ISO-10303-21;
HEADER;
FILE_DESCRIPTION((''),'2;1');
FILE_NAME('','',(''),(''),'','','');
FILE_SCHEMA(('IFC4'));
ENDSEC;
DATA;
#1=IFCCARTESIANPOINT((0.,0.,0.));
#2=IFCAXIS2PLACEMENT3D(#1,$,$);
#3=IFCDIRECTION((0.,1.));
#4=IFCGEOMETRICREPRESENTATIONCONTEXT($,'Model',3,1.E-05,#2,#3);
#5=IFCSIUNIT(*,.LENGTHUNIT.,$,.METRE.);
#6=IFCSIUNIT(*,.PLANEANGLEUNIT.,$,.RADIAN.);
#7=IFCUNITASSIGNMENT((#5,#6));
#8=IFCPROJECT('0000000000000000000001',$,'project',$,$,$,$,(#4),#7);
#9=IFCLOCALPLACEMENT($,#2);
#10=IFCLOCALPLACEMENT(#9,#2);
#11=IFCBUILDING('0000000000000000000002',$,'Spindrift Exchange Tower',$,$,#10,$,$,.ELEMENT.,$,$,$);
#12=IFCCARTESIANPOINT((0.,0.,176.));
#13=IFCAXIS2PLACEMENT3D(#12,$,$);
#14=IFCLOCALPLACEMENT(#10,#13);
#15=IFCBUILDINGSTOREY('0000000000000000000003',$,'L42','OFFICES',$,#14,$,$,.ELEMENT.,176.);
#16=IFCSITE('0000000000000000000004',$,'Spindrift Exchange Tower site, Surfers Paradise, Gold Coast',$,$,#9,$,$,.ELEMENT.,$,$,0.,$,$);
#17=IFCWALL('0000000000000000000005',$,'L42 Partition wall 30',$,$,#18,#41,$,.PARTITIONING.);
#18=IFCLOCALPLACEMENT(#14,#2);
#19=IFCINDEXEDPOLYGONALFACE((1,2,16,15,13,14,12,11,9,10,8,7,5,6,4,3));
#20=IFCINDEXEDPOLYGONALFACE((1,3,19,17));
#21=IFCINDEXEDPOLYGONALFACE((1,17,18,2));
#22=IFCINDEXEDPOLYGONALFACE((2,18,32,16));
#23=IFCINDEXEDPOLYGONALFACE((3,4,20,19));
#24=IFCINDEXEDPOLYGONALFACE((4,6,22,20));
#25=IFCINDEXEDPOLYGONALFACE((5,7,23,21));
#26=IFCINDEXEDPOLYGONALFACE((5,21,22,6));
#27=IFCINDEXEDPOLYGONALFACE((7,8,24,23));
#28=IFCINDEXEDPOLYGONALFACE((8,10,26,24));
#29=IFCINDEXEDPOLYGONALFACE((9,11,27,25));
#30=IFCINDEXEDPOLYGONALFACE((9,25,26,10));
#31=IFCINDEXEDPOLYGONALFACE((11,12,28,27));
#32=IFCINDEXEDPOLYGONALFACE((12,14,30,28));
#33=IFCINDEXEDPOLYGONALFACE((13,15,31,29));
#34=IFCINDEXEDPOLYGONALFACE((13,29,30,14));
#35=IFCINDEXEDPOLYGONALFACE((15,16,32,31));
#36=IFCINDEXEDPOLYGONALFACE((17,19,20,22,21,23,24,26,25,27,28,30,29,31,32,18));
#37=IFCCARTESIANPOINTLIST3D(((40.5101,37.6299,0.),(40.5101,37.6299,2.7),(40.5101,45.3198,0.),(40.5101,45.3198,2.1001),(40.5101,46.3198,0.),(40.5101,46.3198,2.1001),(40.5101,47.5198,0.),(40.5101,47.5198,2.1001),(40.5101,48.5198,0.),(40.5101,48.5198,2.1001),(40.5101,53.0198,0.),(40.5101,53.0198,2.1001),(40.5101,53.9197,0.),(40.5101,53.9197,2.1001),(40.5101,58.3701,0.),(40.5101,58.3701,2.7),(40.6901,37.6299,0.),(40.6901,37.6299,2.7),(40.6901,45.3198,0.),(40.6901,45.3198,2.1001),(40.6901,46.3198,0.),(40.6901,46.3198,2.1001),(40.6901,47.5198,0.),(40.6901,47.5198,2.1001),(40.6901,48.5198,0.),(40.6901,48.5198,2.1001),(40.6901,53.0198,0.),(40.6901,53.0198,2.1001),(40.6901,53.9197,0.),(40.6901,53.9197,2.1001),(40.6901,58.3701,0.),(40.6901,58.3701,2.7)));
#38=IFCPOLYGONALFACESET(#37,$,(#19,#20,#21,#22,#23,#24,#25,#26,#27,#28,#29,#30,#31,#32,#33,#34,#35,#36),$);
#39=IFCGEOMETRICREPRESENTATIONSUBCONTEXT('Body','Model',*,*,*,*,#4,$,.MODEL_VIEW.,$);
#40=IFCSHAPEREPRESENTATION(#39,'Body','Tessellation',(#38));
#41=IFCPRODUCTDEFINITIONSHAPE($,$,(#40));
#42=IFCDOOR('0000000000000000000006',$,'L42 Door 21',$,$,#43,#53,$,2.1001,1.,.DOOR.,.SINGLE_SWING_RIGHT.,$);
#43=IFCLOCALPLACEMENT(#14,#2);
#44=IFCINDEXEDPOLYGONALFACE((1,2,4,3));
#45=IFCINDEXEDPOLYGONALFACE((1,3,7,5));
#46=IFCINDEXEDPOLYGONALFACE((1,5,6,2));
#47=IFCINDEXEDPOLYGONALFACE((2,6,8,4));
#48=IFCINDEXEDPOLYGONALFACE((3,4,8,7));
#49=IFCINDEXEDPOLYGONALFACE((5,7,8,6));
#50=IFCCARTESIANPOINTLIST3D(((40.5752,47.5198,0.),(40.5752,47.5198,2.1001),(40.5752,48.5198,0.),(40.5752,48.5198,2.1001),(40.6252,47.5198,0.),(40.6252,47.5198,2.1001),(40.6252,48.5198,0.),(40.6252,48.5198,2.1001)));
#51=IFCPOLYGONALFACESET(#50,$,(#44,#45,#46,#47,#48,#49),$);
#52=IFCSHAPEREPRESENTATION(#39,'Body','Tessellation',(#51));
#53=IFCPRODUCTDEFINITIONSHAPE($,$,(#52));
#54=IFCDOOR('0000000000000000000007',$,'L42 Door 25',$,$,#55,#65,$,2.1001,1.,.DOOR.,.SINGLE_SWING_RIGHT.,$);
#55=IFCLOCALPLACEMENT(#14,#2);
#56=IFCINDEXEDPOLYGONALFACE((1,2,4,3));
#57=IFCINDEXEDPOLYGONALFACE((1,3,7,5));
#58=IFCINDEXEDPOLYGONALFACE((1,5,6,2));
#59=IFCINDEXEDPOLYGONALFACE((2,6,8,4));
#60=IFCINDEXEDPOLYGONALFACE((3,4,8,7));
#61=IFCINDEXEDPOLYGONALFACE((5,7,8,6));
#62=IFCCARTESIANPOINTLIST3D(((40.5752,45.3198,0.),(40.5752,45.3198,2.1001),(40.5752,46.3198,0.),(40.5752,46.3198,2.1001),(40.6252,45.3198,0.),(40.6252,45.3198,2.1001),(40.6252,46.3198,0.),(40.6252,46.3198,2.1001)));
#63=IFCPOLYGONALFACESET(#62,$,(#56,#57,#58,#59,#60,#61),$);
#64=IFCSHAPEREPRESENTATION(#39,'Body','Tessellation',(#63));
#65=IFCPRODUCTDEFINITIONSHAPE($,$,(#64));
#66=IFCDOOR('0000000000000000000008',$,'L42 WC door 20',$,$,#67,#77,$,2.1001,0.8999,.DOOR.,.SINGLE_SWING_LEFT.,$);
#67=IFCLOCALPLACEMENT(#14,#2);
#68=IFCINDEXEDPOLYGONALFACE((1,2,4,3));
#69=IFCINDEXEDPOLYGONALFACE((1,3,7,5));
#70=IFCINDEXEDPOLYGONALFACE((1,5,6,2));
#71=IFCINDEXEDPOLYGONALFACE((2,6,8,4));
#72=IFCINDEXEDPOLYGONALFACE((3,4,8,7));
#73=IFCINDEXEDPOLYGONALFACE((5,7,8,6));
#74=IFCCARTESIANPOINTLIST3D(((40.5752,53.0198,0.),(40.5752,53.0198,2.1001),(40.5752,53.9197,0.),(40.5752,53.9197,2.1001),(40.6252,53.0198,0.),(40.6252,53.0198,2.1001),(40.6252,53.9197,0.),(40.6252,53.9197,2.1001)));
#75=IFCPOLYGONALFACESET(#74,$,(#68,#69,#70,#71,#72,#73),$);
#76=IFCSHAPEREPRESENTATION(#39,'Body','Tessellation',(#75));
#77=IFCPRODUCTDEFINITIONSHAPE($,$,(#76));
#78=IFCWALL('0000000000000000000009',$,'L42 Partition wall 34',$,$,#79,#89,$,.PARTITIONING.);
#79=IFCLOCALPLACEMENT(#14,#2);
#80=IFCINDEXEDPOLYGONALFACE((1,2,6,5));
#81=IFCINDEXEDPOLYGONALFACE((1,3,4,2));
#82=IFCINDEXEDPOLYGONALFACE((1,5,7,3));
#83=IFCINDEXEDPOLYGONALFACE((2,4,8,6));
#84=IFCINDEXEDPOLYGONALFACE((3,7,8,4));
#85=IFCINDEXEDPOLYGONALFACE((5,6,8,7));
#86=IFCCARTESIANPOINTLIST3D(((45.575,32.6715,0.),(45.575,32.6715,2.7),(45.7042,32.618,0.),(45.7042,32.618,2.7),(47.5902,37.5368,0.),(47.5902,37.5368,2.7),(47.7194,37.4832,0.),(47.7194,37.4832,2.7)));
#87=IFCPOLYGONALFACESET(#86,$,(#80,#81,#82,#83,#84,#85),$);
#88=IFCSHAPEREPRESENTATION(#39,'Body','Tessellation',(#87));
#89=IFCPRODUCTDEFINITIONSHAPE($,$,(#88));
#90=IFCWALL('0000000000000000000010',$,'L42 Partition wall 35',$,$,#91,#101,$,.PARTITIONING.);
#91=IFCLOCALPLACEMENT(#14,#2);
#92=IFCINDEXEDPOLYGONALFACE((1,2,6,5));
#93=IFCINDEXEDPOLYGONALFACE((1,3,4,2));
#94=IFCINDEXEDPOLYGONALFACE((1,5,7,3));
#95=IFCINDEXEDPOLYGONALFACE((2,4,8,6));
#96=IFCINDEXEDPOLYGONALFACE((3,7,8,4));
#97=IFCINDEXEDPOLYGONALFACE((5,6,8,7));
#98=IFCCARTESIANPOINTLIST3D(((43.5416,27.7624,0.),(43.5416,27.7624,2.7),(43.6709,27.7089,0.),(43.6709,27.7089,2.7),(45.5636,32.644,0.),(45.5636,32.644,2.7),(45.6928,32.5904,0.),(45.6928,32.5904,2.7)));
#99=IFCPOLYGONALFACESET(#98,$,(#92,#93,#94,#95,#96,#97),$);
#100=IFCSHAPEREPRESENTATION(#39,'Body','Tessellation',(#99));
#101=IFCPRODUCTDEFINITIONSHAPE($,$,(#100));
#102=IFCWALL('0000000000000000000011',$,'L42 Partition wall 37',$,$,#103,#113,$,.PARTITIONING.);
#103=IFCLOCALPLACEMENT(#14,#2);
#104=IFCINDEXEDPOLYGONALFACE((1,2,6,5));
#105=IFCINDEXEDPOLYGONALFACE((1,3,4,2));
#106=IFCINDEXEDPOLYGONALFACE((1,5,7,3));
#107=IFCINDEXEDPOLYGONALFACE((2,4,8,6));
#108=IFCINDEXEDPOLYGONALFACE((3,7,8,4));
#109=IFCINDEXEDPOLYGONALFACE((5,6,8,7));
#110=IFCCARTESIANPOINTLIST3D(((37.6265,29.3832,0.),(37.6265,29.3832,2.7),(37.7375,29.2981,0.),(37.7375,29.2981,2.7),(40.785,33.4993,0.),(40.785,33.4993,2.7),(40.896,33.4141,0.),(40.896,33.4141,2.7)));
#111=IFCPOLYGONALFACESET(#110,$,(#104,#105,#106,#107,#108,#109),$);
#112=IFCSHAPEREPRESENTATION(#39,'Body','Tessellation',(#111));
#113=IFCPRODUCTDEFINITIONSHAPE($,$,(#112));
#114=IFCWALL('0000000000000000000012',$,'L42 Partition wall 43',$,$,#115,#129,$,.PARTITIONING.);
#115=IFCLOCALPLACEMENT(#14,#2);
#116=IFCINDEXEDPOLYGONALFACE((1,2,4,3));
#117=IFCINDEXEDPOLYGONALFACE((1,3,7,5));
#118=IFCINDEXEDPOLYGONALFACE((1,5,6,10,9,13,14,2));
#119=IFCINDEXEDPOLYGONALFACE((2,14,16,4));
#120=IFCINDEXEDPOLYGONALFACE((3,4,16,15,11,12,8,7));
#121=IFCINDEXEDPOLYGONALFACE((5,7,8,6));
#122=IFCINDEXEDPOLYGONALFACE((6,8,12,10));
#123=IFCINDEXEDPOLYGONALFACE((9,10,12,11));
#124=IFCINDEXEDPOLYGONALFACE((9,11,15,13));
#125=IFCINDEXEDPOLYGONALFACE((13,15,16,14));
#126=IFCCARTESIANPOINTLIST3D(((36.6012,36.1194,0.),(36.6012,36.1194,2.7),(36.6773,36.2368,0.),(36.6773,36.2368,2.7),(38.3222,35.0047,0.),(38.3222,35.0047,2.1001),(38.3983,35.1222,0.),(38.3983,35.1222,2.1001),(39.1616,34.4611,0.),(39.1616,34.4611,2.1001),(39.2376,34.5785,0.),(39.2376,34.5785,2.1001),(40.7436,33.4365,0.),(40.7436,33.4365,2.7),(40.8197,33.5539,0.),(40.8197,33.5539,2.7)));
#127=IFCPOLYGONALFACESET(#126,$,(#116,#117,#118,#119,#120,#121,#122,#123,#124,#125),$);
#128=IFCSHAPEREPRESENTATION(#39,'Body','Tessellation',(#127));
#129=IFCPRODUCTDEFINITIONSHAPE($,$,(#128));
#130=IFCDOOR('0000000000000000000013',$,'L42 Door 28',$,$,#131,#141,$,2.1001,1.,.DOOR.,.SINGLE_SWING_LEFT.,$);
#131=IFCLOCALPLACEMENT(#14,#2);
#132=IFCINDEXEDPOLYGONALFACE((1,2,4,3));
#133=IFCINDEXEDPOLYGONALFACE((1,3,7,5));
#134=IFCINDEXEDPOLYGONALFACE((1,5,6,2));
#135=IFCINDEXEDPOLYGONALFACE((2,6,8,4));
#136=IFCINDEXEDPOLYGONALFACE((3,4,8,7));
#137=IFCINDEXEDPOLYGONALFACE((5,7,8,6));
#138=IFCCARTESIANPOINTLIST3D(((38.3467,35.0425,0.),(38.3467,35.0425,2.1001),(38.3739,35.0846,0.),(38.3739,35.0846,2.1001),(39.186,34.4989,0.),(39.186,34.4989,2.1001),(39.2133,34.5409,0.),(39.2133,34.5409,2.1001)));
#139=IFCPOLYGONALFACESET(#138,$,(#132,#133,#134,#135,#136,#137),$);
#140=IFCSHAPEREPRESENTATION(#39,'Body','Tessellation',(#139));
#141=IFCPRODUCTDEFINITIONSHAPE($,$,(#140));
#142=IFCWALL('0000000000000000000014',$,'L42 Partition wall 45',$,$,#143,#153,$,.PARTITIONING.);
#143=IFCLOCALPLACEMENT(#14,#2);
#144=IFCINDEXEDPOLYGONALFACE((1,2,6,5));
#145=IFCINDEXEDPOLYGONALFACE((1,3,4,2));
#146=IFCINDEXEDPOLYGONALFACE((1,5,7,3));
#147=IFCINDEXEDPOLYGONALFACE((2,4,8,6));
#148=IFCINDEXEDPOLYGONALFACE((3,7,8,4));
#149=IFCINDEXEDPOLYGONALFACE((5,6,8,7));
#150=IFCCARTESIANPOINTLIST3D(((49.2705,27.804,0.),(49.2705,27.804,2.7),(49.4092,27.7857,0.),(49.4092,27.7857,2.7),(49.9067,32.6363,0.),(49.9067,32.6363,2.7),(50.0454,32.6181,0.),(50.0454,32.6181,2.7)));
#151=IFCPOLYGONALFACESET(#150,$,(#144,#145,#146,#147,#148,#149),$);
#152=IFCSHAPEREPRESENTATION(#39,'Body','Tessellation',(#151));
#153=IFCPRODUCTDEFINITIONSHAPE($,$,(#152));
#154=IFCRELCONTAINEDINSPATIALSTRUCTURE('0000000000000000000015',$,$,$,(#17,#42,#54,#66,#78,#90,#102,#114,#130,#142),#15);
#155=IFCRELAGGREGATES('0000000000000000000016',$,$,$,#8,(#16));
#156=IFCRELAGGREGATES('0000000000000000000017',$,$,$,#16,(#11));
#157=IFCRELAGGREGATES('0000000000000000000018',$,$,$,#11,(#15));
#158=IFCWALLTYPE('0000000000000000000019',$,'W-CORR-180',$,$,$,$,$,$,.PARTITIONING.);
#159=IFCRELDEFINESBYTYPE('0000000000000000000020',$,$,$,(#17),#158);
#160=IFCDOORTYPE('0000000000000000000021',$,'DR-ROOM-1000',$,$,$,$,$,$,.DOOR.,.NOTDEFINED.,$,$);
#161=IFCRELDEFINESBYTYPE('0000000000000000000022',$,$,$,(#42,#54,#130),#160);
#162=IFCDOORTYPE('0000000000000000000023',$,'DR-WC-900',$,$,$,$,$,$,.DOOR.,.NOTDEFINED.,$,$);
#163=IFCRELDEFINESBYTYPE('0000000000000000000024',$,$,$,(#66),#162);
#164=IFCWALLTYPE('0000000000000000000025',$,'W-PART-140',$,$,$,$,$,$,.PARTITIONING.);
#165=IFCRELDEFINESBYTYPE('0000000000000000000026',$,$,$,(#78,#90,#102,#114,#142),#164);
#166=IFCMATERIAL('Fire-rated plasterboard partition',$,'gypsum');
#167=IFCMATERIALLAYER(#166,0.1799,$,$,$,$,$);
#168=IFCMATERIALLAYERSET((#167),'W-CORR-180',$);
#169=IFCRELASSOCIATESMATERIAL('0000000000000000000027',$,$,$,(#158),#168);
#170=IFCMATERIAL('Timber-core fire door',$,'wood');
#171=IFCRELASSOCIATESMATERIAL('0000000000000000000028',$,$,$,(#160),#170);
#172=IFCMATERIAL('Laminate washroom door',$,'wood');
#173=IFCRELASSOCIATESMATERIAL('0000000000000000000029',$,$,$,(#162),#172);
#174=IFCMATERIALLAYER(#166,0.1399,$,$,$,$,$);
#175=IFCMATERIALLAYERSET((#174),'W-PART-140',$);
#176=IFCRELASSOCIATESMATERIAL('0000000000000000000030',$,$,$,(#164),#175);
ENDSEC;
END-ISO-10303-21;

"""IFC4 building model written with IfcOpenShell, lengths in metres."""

from ifc_helpers import new_model, si_unit, direction, frame, frame_2d, origin, place, context, subcontext, project, spatial, rectangle, extrude, source, transform, mapped, material, layer, layer_set, type_object, element, fill, save


model = new_model("IFC4")

# Units and contexts
model_context = context("Model", 3, precision=1e-05, world=origin(), true_north=direction((0.0, 1.0)))
body_context = subcontext(model_context, "Body", "Model", "MODEL_VIEW")
ifc_project = project(units=[si_unit("LENGTHUNIT", "METRE"), si_unit("PLANEANGLEUNIT", "RADIAN")], contexts=[model_context])

# Site, building, storey
site_placement = place(None, origin())
site = spatial("IfcSite", under=ifc_project, at=site_placement, Name="Spindrift Exchange Tower site, Surfers Paradise, Gold Coast", CompositionType="ELEMENT", RefElevation=0.0)
building_placement = place(site_placement, origin())
building = spatial("IfcBuilding", under=site, at=building_placement, Name="Spindrift Exchange Tower", CompositionType="ELEMENT")
storey_placement = place(building_placement, frame((0.0, 0.0, 176.0)))
storey = spatial("IfcBuildingStorey", under=building, at=storey_placement, Name="L42", Description="OFFICES", CompositionType="ELEMENT", Elevation=176.0)

# Wall, openings, doors
ifc_material_1 = material(Name="Fire-rated plasterboard partition", Category="gypsum")
ifc_layer_1 = layer(ifc_material_1, 0.1799)
ifc_layer_set_1 = layer_set([ifc_layer_1], Name="W-CORR-180")
wall_type_1 = type_object("IfcWallType", Name="W-CORR-180", PredefinedType="PARTITIONING", material=ifc_layer_set_1)
wall_1_placement = place(storey_placement, frame((40.6001, 37.6299, 0.0), z_axis=(0.0, 0.0, 1.0), x_axis=(0.0, 1.0, 0.0)))
wall_1 = element("IfcWall", 1, at=wall_1_placement, inside=storey, type_object=wall_type_1, Name="L42 Partition wall 30", PredefinedType="PARTITIONING", context=body_context, shape_type="SweptSolid", body=[
    extrude(rectangle(XDim=20.7402, YDim=0.1799, at=frame_2d((10.3701, 0.0))), origin(), (0.0, 0.0, 1.0), 2.7),
])
opening_1_placement = place(wall_1_placement, frame((15.3899, 0.0, 0.0)))
opening_1 = element("IfcOpeningElement", 2, at=opening_1_placement, cuts=wall_1, PredefinedType="OPENING", context=body_context, shape_type="SweptSolid", body=[
    extrude(rectangle(XDim=0.8999, YDim=2.1001, at=frame_2d((0.45, 1.05))), frame((0.0, 0.0999, 0.0), z_axis=(0.0, -1.0, 0.0), x_axis=(1.0, 0.0, 0.0)), (0.0, 0.0, 1.0), 0.2),
])
opening_2_placement = place(wall_1_placement, frame((9.8899, 0.0, 0.0)))
opening_2 = element("IfcOpeningElement", 3, at=opening_2_placement, cuts=wall_1, PredefinedType="OPENING", context=body_context, shape_type="SweptSolid", body=[
    extrude(rectangle(XDim=1.0, YDim=2.1001, at=frame_2d((0.5, 1.05))), frame((0.0, 0.0999, 0.0), z_axis=(0.0, -1.0, 0.0), x_axis=(1.0, 0.0, 0.0)), (0.0, 0.0, 1.0), 0.2),
])
opening_3_placement = place(wall_1_placement, frame((7.6899, 0.0, 0.0)))
opening_3 = element("IfcOpeningElement", 4, at=opening_3_placement, cuts=wall_1, PredefinedType="OPENING", context=body_context, shape_type="SweptSolid", body=[
    extrude(rectangle(XDim=1.0, YDim=2.1001, at=frame_2d((0.5, 1.05))), frame((0.0, 0.0999, 0.0), z_axis=(0.0, -1.0, 0.0), x_axis=(1.0, 0.0, 0.0)), (0.0, 0.0, 1.0), 0.2),
])
ifc_material_2 = material(Name="Timber-core fire door", Category="wood")
door_type_1 = type_object("IfcDoorType", Name="DR-ROOM-1000", OperationType="NOTDEFINED", PredefinedType="DOOR", material=ifc_material_2)
shared_shape_1 = source(origin(), body_context, "Body", "SweptSolid", [
    extrude(rectangle(XDim=1.0, YDim=2.1001, at=frame_2d((0.5, 1.05))), frame((0.0, 0.0249, 0.0), z_axis=(0.0, -1.0, 0.0), x_axis=(1.0, 0.0, 0.0)), (0.0, 0.0, 1.0), 0.05),
])
door_1_placement = place(opening_2_placement, origin())
door_1 = element("IfcDoor", 5, at=door_1_placement, inside=storey, type_object=door_type_1, Name="L42 Door 21", OperationType="SINGLE_SWING_RIGHT", OverallHeight=2.1001, OverallWidth=1.0, PredefinedType="DOOR", context=body_context, shape_type="MappedRepresentation", body=[
    mapped(shared_shape_1, transform((0.0, 0.0, 0.0), scale=1.0)),
])
fill(opening_2, door_1)
door_2_placement = place(opening_3_placement, origin())
door_2 = element("IfcDoor", 6, at=door_2_placement, inside=storey, type_object=door_type_1, Name="L42 Door 25", OperationType="SINGLE_SWING_RIGHT", OverallHeight=2.1001, OverallWidth=1.0, PredefinedType="DOOR", context=body_context, shape_type="MappedRepresentation", body=[
    mapped(shared_shape_1, transform((0.0, 0.0, 0.0), scale=1.0)),
])
fill(opening_3, door_2)
ifc_material_3 = material(Name="Laminate washroom door", Category="wood")
door_type_2 = type_object("IfcDoorType", Name="DR-WC-900", OperationType="NOTDEFINED", PredefinedType="DOOR", material=ifc_material_3)
shared_shape_2 = source(origin(), body_context, "Body", "SweptSolid", [
    extrude(rectangle(XDim=0.8999, YDim=2.1001, at=frame_2d((0.45, 1.05))), frame((0.0, 0.0249, 0.0), z_axis=(0.0, -1.0, 0.0), x_axis=(1.0, 0.0, 0.0)), (0.0, 0.0, 1.0), 0.05),
])
door_3_placement = place(opening_1_placement, origin())
door_3 = element("IfcDoor", 7, at=door_3_placement, inside=storey, type_object=door_type_2, Name="L42 WC door 20", OperationType="SINGLE_SWING_LEFT", OverallHeight=2.1001, OverallWidth=0.8999, PredefinedType="DOOR", context=body_context, shape_type="MappedRepresentation", body=[
    mapped(shared_shape_2, transform((0.0, 0.0, 0.0), scale=1.0)),
])
fill(opening_1, door_3)

# Walls
ifc_layer_2 = layer(ifc_material_1, 0.1399)
ifc_layer_set_2 = layer_set([ifc_layer_2], Name="W-PART-140")
wall_type_2 = type_object("IfcWallType", Name="W-PART-140", PredefinedType="PARTITIONING", material=ifc_layer_set_2)
wall_2_placement = place(storey_placement, frame((47.6548, 37.51, 0.0), z_axis=(0.0, 0.0, 1.0), x_axis=(-0.382666, -0.923887, 0.0)))
element("IfcWall", 8, at=wall_2_placement, inside=storey, type_object=wall_type_2, Name="L42 Partition wall 34", PredefinedType="PARTITIONING", context=body_context, shape_type="SweptSolid", body=[
    extrude(rectangle(XDim=5.2661, YDim=0.1399, at=frame_2d((2.6331, 0.0))), origin(), (0.0, 0.0, 1.0), 2.7),
])
wall_3_placement = place(storey_placement, frame((45.6282, 32.6172, 0.0), z_axis=(0.0, 0.0, 1.0), x_axis=(-0.382676, -0.923883, 0.0)))
element("IfcWall", 9, at=wall_3_placement, inside=storey, type_object=wall_type_2, Name="L42 Partition wall 35", PredefinedType="PARTITIONING", context=body_context, shape_type="SweptSolid", body=[
    extrude(rectangle(XDim=5.2837, YDim=0.1399, at=frame_2d((2.6418, 0.0))), origin(), (0.0, 0.0, 1.0), 2.7),
])
wall_4_placement = place(storey_placement, frame((40.8406, 33.4568, 0.0), z_axis=(0.0, 0.0, 1.0), x_axis=(-0.60878, -0.793339, 0.0)))
element("IfcWall", 10, at=wall_4_placement, inside=storey, type_object=wall_type_2, Name="L42 Partition wall 37", PredefinedType="PARTITIONING", context=body_context, shape_type="SweptSolid", body=[
    extrude(rectangle(XDim=5.1882, YDim=0.1399, at=frame_2d((2.5942, 0.0))), origin(), (0.0, 0.0, 1.0), 2.7),
])

# Wall, opening, door
wall_5_placement = place(storey_placement, frame((40.7817, 33.4951, 0.0), z_axis=(0.0, 0.0, 1.0), x_axis=(-0.839336, 0.543612, 0.0)))
wall_5 = element("IfcWall", 11, at=wall_5_placement, inside=storey, type_object=wall_type_2, Name="L42 Partition wall 43", PredefinedType="PARTITIONING", context=body_context, shape_type="SweptSolid", body=[
    extrude(rectangle(XDim=4.9353, YDim=0.1399, at=frame_2d((2.4678, 0.0))), origin(), (0.0, 0.0, 1.0), 2.7),
])
opening_4_placement = place(wall_5_placement, frame((1.885, 0.0, 0.0)))
opening_4 = element("IfcOpeningElement", 12, at=opening_4_placement, cuts=wall_5, PredefinedType="OPENING", context=body_context, shape_type="SweptSolid", body=[
    extrude(rectangle(XDim=1.0, YDim=2.1001, at=frame_2d((0.5, 1.05))), frame((0.0, 0.0798, 0.0), z_axis=(0.0, -1.0, 0.0), x_axis=(1.0, 0.0, 0.0)), (0.0, 0.0, 1.0), 0.1599),
])
door_4_placement = place(opening_4_placement, origin())
door_4 = element("IfcDoor", 13, at=door_4_placement, inside=storey, type_object=door_type_1, Name="L42 Door 28", OperationType="SINGLE_SWING_LEFT", OverallHeight=2.1001, OverallWidth=1.0, PredefinedType="DOOR", context=body_context, shape_type="MappedRepresentation", body=[
    mapped(shared_shape_1, transform((0.0, 0.0, 0.0), scale=1.0)),
])
fill(opening_4, door_4)

# Wall
wall_6_placement = place(storey_placement, frame((49.9761, 32.6272, 0.0), z_axis=(0.0, 0.0, 1.0), x_axis=(-0.130536, -0.991444, 0.0)))
element("IfcWall", 14, at=wall_6_placement, inside=storey, type_object=wall_type_2, Name="L42 Partition wall 45", PredefinedType="PARTITIONING", context=body_context, shape_type="SweptSolid", body=[
    extrude(rectangle(XDim=4.874, YDim=0.1399, at=frame_2d((2.437, 0.0))), origin(), (0.0, 0.0, 1.0), 2.7),
])

save(model, "model.ifc")
